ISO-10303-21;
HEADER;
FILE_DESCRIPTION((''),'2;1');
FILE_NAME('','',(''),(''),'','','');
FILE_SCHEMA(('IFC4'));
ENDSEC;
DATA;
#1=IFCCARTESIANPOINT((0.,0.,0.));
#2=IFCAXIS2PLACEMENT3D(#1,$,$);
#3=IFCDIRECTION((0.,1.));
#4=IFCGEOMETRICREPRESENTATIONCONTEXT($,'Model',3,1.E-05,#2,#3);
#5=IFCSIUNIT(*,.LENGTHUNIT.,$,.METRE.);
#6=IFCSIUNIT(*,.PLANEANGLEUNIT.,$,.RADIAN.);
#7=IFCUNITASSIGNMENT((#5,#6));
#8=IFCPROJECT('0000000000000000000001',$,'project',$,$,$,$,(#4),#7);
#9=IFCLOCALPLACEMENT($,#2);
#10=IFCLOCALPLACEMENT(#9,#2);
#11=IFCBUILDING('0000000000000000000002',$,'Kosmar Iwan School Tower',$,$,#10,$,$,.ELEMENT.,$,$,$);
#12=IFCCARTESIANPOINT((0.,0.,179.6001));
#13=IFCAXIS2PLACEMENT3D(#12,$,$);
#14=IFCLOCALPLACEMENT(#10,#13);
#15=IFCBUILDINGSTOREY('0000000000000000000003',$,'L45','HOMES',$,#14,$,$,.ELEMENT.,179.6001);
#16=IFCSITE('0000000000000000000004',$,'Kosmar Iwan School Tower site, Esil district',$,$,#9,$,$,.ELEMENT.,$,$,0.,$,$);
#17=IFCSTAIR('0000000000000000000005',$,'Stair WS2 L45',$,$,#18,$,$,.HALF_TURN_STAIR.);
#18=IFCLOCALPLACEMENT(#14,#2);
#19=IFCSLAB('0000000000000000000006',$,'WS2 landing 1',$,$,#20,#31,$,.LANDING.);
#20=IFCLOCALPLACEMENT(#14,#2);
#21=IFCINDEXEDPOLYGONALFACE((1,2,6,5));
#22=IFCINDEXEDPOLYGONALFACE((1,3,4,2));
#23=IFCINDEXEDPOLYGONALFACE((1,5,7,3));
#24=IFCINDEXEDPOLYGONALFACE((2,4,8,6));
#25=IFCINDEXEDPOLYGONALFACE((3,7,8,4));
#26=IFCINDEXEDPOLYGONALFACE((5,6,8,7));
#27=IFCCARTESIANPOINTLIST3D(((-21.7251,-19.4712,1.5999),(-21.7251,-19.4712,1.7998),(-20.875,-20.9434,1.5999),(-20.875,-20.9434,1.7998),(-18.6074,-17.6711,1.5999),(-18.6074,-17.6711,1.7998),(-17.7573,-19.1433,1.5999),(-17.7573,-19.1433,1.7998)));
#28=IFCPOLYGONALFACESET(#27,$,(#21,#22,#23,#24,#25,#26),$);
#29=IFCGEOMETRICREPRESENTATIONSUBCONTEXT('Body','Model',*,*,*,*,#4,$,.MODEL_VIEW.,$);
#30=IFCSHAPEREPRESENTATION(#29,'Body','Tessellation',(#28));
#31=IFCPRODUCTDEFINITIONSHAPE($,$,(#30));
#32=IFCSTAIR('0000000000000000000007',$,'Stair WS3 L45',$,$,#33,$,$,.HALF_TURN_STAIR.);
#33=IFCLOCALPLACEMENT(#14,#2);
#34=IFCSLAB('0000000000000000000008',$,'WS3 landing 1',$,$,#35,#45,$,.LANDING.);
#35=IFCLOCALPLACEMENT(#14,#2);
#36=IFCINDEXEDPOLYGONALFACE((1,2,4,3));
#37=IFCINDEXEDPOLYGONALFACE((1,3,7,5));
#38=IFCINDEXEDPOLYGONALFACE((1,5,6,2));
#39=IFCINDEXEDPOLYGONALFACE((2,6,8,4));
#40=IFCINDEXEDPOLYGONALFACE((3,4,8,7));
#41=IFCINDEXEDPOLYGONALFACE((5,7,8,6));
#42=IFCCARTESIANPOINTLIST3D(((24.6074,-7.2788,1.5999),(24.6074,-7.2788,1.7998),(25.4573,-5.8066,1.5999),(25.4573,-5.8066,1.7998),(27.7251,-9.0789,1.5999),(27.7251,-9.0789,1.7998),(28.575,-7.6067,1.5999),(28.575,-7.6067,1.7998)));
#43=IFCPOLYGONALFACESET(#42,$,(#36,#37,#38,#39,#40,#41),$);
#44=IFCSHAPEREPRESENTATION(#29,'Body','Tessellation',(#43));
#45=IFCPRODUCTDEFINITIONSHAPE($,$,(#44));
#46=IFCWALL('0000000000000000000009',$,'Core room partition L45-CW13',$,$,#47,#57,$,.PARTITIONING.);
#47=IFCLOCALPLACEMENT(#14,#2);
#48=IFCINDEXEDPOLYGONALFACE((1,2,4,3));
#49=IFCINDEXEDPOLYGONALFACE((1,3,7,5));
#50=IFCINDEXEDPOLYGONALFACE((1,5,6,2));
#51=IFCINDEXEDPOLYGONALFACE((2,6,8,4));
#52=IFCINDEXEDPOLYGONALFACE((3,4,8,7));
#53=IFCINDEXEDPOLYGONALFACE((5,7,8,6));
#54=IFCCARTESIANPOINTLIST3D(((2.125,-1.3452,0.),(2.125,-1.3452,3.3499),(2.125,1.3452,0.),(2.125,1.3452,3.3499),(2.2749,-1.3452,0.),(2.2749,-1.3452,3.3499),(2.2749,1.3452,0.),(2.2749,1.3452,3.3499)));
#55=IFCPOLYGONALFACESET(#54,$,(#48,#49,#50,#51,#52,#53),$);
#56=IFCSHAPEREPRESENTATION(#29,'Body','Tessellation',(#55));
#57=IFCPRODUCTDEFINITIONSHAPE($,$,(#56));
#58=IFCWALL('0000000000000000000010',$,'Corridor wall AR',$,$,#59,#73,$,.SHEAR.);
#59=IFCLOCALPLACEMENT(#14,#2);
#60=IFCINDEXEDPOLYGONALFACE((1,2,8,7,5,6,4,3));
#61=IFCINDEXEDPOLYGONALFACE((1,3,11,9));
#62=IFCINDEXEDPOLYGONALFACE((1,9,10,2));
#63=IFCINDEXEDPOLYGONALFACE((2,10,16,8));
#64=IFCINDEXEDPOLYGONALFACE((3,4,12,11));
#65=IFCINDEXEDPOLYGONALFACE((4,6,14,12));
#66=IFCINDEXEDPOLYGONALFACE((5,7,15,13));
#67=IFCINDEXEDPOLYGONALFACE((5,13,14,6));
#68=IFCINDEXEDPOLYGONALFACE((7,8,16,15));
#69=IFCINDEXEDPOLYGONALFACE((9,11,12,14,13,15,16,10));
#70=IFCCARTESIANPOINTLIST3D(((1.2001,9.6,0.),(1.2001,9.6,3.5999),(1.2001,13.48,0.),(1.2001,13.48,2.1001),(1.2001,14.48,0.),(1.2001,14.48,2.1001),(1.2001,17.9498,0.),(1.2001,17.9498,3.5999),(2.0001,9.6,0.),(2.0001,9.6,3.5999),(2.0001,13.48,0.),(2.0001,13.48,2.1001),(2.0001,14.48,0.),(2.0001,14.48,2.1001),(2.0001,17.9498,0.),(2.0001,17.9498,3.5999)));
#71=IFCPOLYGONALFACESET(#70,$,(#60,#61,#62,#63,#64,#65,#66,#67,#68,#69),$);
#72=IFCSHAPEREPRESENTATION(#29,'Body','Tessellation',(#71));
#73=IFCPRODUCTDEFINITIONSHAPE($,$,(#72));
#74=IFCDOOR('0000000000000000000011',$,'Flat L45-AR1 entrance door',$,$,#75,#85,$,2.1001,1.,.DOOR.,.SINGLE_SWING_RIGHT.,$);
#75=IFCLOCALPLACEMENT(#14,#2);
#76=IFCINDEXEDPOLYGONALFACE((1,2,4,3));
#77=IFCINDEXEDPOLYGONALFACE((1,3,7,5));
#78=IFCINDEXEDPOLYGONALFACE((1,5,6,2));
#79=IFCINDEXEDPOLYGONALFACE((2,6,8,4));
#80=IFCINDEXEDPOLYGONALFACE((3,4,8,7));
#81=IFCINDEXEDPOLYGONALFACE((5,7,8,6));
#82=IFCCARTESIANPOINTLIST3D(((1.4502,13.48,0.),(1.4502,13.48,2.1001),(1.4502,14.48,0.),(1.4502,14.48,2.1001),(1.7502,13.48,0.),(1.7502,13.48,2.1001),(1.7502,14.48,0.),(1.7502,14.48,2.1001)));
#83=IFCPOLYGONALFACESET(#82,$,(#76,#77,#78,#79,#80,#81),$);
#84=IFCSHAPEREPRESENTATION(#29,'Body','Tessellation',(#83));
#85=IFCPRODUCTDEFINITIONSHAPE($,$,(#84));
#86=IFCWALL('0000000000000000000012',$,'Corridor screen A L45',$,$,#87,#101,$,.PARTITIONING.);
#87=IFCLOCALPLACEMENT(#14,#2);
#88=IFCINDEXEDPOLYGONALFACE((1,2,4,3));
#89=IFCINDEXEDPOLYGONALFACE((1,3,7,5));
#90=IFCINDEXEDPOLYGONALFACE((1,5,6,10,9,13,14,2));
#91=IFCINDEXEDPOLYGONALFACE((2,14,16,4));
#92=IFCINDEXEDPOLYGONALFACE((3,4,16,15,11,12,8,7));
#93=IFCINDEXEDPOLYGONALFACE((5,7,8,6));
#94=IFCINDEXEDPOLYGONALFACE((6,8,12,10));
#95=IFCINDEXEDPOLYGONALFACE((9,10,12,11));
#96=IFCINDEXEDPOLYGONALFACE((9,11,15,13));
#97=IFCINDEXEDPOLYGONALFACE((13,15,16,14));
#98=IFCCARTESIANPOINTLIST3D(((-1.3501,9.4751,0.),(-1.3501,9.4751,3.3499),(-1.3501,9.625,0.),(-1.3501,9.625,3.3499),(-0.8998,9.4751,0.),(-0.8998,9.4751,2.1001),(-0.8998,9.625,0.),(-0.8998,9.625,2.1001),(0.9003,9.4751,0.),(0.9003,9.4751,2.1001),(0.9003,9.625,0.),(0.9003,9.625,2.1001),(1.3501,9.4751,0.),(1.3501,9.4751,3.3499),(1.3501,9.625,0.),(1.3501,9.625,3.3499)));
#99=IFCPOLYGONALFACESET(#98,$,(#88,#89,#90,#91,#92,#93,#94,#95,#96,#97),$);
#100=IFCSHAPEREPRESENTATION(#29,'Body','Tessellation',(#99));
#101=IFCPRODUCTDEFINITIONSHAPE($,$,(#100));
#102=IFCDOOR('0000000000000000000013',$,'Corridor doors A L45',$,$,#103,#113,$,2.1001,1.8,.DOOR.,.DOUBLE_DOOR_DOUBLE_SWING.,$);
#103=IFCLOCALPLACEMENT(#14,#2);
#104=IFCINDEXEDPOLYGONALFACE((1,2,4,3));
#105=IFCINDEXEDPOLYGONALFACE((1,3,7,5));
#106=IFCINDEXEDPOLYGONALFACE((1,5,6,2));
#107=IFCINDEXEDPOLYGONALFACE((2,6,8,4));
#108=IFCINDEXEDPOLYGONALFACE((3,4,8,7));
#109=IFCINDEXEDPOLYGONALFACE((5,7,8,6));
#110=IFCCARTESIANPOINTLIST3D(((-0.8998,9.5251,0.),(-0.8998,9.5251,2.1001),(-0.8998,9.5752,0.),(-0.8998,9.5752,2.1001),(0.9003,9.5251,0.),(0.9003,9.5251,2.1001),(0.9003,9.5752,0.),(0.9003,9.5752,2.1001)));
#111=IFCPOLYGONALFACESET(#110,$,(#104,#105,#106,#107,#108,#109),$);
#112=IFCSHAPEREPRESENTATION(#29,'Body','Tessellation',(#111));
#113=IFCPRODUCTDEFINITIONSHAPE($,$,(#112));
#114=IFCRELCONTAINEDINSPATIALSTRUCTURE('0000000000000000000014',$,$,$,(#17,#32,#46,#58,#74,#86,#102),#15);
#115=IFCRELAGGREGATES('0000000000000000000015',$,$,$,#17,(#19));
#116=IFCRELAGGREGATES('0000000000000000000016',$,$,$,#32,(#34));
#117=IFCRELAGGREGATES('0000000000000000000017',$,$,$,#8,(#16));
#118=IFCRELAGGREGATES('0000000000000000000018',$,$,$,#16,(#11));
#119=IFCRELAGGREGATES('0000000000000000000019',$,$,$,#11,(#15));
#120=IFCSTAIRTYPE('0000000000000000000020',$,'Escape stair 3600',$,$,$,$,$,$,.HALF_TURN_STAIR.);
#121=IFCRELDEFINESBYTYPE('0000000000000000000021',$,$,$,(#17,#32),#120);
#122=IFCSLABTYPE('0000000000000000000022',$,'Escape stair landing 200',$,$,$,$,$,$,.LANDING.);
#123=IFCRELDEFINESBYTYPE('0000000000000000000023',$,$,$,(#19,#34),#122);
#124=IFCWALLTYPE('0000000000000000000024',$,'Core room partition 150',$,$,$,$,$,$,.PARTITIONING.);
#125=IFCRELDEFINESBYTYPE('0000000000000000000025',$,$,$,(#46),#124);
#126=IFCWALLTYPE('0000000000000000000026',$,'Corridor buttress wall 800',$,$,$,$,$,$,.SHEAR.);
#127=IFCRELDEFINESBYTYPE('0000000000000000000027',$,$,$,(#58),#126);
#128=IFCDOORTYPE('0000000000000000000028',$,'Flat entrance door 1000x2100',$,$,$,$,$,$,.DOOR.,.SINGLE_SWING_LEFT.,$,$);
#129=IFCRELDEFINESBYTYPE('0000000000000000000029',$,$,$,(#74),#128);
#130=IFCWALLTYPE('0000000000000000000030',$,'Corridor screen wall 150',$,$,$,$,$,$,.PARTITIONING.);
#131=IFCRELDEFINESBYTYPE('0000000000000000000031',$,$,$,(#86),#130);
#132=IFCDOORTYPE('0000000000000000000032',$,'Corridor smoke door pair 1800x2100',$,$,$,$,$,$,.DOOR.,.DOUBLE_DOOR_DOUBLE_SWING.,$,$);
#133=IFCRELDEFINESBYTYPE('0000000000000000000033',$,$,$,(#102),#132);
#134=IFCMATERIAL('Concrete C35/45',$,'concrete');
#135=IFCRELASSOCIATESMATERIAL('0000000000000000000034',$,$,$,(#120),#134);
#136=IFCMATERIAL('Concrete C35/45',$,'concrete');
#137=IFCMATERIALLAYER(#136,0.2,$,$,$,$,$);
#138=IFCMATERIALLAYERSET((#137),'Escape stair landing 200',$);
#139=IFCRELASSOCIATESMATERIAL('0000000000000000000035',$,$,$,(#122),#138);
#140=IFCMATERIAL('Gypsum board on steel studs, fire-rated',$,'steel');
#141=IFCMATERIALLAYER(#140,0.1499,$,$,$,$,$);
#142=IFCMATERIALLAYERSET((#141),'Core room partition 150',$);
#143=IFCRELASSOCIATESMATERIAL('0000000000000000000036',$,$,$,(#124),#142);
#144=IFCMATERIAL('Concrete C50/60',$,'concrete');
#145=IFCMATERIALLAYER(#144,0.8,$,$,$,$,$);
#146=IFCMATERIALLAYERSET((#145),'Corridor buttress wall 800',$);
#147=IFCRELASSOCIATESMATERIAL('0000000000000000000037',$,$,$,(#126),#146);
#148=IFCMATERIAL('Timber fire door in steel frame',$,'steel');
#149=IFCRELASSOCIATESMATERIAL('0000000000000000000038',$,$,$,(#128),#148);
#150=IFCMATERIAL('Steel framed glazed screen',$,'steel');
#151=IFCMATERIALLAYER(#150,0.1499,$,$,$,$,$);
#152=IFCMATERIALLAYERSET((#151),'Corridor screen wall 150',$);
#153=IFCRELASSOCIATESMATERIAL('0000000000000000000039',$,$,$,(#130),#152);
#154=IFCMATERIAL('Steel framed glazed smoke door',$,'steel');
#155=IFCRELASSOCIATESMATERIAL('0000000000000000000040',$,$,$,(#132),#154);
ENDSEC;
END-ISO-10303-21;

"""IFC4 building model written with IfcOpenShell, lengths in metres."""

from ifc_helpers import new_model, si_unit, direction, frame, frame_2d, origin, place, context, subcontext, project, spatial, polyline, rectangle, outline, extrude, material, layer, layer_set, type_object, element, fill, aggregate, save


model = new_model("IFC4")

# Units and contexts
model_context = context("Model", 3, precision=1e-05, world=origin(), true_north=direction((0.0, 1.0)))
body_context = subcontext(model_context, "Body", "Model", "MODEL_VIEW")
ifc_project = project(units=[si_unit("LENGTHUNIT", "METRE"), si_unit("PLANEANGLEUNIT", "RADIAN")], contexts=[model_context])

# Site, building, storey
site_placement = place(None, origin())
site = spatial("IfcSite", under=ifc_project, at=site_placement, Name="Kosmar Iwan School Tower site, Esil district", CompositionType="ELEMENT", RefElevation=0.0)
building_placement = place(site_placement, origin())
building = spatial("IfcBuilding", under=site, at=building_placement, Name="Kosmar Iwan School Tower", CompositionType="ELEMENT")
storey_placement = place(building_placement, frame((0.0, 0.0, 179.6001)))
storey = spatial("IfcBuildingStorey", under=building, at=storey_placement, Name="L45", Description="HOMES", CompositionType="ELEMENT", Elevation=179.6001)

# Stairs, slabs
ifc_material_1 = material(Name="Concrete C35/45", Category="concrete")
stair_type_1 = type_object("IfcStairType", Name="Escape stair 3600", PredefinedType="HALF_TURN_STAIR", material=ifc_material_1)
stair_1_placement = place(storey_placement, origin())
stair_1 = element("IfcStair", 1, at=stair_1_placement, inside=storey, type_object=stair_type_1, Name="Stair WS2 L45", PredefinedType="HALF_TURN_STAIR")
ifc_material_2 = material(Name="Concrete C35/45", Category="concrete")
ifc_layer_1 = layer(ifc_material_2, 0.2)
ifc_layer_set_1 = layer_set([ifc_layer_1], Name="Escape stair landing 200")
slab_type = type_object("IfcSlabType", Name="Escape stair landing 200", PredefinedType="LANDING", material=ifc_layer_set_1)
slab_1_placement = place(storey_placement, frame((0.0, 0.0, 1.5999)))
slab_1 = element("IfcSlab", 2, at=slab_1_placement, type_object=slab_type, Name="WS2 landing 1", PredefinedType="LANDING", context=body_context, shape_type="SweptSolid", body=[
    extrude(outline(polyline([(-18.6074, -17.6711), (-21.7251, -19.4712), (-20.875, -20.9434), (-17.7573, -19.1433), (-18.6074, -17.6711)])), origin(), (0.0, 0.0, 1.0), 0.2),
])
aggregate(stair_1, [slab_1])
stair_2_placement = place(storey_placement, origin())
stair_2 = element("IfcStair", 3, at=stair_2_placement, inside=storey, type_object=stair_type_1, Name="Stair WS3 L45", PredefinedType="HALF_TURN_STAIR")
slab_2_placement = place(storey_placement, frame((0.0, 0.0, 1.5999)))
slab_2 = element("IfcSlab", 4, at=slab_2_placement, type_object=slab_type, Name="WS3 landing 1", PredefinedType="LANDING", context=body_context, shape_type="SweptSolid", body=[
    extrude(outline(polyline([(24.6074, -7.2788), (27.7251, -9.0789), (28.575, -7.6067), (25.4573, -5.8066), (24.6074, -7.2788)])), origin(), (0.0, 0.0, 1.0), 0.2),
])
aggregate(stair_2, [slab_2])

# Wall
ifc_material_3 = material(Name="Gypsum board on steel studs, fire-rated", Category="steel")
ifc_layer_2 = layer(ifc_material_3, 0.1499)
ifc_layer_set_2 = layer_set([ifc_layer_2], Name="Core room partition 150")
wall_type_1 = type_object("IfcWallType", Name="Core room partition 150", PredefinedType="PARTITIONING", material=ifc_layer_set_2)
wall_1_placement = place(storey_placement, frame((2.2, 1.3452, 0.0), z_axis=(0.0, 0.0, 1.0), x_axis=(0.0, -1.0, 0.0)))
element("IfcWall", 5, at=wall_1_placement, inside=storey, type_object=wall_type_1, Name="Core room partition L45-CW13", PredefinedType="PARTITIONING", context=body_context, shape_type="SweptSolid", body=[
    extrude(rectangle(XDim=2.6904, YDim=0.1499, at=frame_2d((1.3452, 0.0))), origin(), (0.0, 0.0, 1.0), 3.3499),
])

# Walls, openings, doors
ifc_material_4 = material(Name="Concrete C50/60", Category="concrete")
ifc_layer_3 = layer(ifc_material_4, 0.8)
ifc_layer_set_3 = layer_set([ifc_layer_3], Name="Corridor buttress wall 800")
wall_type_2 = type_object("IfcWallType", Name="Corridor buttress wall 800", PredefinedType="SHEAR", material=ifc_layer_set_3)
wall_2_placement = place(storey_placement, frame((1.6001, 9.6001, 0.0), z_axis=(0.0, 0.0, 1.0), x_axis=(0.0, 1.0, 0.0)))
wall_2 = element("IfcWall", 6, at=wall_2_placement, inside=storey, type_object=wall_type_2, Name="Corridor wall AR", PredefinedType="SHEAR", context=body_context, shape_type="SweptSolid", body=[
    extrude(rectangle(XDim=8.3499, YDim=0.8, at=frame_2d((4.1748, 0.0))), origin(), (0.0, 0.0, 1.0), 3.5999),
])
opening_1_placement = place(wall_2_placement, frame((3.8799, 0.0, 0.0)))
opening_1 = element("IfcOpeningElement", 7, at=opening_1_placement, cuts=wall_2, PredefinedType="OPENING", context=body_context, shape_type="SweptSolid", body=[
    extrude(rectangle(XDim=1.0, YDim=2.1001, at=frame_2d((0.5, 1.05))), frame((0.0, 0.4121, 0.0), z_axis=(0.0, -1.0, 0.0), x_axis=(1.0, 0.0, 0.0)), (0.0, 0.0, 1.0), 0.824),
])
ifc_material_5 = material(Name="Timber fire door in steel frame", Category="steel")
door_type_1 = type_object("IfcDoorType", Name="Flat entrance door 1000x2100", OperationType="SINGLE_SWING_LEFT", PredefinedType="DOOR", material=ifc_material_5)
door_1_placement = place(opening_1_placement, origin())
door_1 = element("IfcDoor", 8, at=door_1_placement, inside=storey, type_object=door_type_1, Name="Flat L45-AR1 entrance door", OperationType="SINGLE_SWING_RIGHT", OverallHeight=2.1001, OverallWidth=1.0, PredefinedType="DOOR", context=body_context, shape_type="SweptSolid", body=[
    extrude(rectangle(XDim=1.0, YDim=2.1001, at=frame_2d((0.5, 1.05))), frame((0.0, 0.1499, 0.0), z_axis=(0.0, -1.0, 0.0), x_axis=(1.0, 0.0, 0.0)), (0.0, 0.0, 1.0), 0.3),
])
fill(opening_1, door_1)
ifc_material_6 = material(Name="Steel framed glazed screen", Category="steel")
ifc_layer_4 = layer(ifc_material_6, 0.1499)
ifc_layer_set_4 = layer_set([ifc_layer_4], Name="Corridor screen wall 150")
wall_type_3 = type_object("IfcWallType", Name="Corridor screen wall 150", PredefinedType="PARTITIONING", material=ifc_layer_set_4)
wall_3_placement = place(storey_placement, frame((1.3501, 9.55, 0.0), z_axis=(0.0, 0.0, 1.0), x_axis=(-1.0, 0.0, 0.0)))
wall_3 = element("IfcWall", 9, at=wall_3_placement, inside=storey, type_object=wall_type_3, Name="Corridor screen A L45", PredefinedType="PARTITIONING", context=body_context, shape_type="SweptSolid", body=[
    extrude(rectangle(XDim=2.7002, YDim=0.1499, at=frame_2d((1.3501, 0.0))), origin(), (0.0, 0.0, 1.0), 3.3499),
])
opening_2_placement = place(wall_3_placement, frame((0.45, 0.0, 0.0)))
opening_2 = element("IfcOpeningElement", 10, at=opening_2_placement, cuts=wall_3, PredefinedType="OPENING", context=body_context, shape_type="SweptSolid", body=[
    extrude(rectangle(XDim=1.8, YDim=2.1001, at=frame_2d((0.8999, 1.05))), frame((0.0, 0.0869, 0.0), z_axis=(0.0, -1.0, 0.0), x_axis=(1.0, 0.0, 0.0)), (0.0, 0.0, 1.0), 0.1738),
])
ifc_material_7 = material(Name="Steel framed glazed smoke door", Category="steel")
door_type_2 = type_object("IfcDoorType", Name="Corridor smoke door pair 1800x2100", OperationType="DOUBLE_DOOR_DOUBLE_SWING", PredefinedType="DOOR", material=ifc_material_7)
door_2_placement = place(opening_2_placement, origin())
door_2 = element("IfcDoor", 11, at=door_2_placement, inside=storey, type_object=door_type_2, Name="Corridor doors A L45", OperationType="DOUBLE_DOOR_DOUBLE_SWING", OverallHeight=2.1001, OverallWidth=1.8, PredefinedType="DOOR", context=body_context, shape_type="SweptSolid", body=[
    extrude(rectangle(XDim=1.8, YDim=2.1001, at=frame_2d((0.8999, 1.05))), frame((0.0, 0.0249, 0.0), z_axis=(0.0, -1.0, 0.0), x_axis=(1.0, 0.0, 0.0)), (0.0, 0.0, 1.0), 0.05),
])
fill(opening_2, door_2)

save(model, "model.ifc")
